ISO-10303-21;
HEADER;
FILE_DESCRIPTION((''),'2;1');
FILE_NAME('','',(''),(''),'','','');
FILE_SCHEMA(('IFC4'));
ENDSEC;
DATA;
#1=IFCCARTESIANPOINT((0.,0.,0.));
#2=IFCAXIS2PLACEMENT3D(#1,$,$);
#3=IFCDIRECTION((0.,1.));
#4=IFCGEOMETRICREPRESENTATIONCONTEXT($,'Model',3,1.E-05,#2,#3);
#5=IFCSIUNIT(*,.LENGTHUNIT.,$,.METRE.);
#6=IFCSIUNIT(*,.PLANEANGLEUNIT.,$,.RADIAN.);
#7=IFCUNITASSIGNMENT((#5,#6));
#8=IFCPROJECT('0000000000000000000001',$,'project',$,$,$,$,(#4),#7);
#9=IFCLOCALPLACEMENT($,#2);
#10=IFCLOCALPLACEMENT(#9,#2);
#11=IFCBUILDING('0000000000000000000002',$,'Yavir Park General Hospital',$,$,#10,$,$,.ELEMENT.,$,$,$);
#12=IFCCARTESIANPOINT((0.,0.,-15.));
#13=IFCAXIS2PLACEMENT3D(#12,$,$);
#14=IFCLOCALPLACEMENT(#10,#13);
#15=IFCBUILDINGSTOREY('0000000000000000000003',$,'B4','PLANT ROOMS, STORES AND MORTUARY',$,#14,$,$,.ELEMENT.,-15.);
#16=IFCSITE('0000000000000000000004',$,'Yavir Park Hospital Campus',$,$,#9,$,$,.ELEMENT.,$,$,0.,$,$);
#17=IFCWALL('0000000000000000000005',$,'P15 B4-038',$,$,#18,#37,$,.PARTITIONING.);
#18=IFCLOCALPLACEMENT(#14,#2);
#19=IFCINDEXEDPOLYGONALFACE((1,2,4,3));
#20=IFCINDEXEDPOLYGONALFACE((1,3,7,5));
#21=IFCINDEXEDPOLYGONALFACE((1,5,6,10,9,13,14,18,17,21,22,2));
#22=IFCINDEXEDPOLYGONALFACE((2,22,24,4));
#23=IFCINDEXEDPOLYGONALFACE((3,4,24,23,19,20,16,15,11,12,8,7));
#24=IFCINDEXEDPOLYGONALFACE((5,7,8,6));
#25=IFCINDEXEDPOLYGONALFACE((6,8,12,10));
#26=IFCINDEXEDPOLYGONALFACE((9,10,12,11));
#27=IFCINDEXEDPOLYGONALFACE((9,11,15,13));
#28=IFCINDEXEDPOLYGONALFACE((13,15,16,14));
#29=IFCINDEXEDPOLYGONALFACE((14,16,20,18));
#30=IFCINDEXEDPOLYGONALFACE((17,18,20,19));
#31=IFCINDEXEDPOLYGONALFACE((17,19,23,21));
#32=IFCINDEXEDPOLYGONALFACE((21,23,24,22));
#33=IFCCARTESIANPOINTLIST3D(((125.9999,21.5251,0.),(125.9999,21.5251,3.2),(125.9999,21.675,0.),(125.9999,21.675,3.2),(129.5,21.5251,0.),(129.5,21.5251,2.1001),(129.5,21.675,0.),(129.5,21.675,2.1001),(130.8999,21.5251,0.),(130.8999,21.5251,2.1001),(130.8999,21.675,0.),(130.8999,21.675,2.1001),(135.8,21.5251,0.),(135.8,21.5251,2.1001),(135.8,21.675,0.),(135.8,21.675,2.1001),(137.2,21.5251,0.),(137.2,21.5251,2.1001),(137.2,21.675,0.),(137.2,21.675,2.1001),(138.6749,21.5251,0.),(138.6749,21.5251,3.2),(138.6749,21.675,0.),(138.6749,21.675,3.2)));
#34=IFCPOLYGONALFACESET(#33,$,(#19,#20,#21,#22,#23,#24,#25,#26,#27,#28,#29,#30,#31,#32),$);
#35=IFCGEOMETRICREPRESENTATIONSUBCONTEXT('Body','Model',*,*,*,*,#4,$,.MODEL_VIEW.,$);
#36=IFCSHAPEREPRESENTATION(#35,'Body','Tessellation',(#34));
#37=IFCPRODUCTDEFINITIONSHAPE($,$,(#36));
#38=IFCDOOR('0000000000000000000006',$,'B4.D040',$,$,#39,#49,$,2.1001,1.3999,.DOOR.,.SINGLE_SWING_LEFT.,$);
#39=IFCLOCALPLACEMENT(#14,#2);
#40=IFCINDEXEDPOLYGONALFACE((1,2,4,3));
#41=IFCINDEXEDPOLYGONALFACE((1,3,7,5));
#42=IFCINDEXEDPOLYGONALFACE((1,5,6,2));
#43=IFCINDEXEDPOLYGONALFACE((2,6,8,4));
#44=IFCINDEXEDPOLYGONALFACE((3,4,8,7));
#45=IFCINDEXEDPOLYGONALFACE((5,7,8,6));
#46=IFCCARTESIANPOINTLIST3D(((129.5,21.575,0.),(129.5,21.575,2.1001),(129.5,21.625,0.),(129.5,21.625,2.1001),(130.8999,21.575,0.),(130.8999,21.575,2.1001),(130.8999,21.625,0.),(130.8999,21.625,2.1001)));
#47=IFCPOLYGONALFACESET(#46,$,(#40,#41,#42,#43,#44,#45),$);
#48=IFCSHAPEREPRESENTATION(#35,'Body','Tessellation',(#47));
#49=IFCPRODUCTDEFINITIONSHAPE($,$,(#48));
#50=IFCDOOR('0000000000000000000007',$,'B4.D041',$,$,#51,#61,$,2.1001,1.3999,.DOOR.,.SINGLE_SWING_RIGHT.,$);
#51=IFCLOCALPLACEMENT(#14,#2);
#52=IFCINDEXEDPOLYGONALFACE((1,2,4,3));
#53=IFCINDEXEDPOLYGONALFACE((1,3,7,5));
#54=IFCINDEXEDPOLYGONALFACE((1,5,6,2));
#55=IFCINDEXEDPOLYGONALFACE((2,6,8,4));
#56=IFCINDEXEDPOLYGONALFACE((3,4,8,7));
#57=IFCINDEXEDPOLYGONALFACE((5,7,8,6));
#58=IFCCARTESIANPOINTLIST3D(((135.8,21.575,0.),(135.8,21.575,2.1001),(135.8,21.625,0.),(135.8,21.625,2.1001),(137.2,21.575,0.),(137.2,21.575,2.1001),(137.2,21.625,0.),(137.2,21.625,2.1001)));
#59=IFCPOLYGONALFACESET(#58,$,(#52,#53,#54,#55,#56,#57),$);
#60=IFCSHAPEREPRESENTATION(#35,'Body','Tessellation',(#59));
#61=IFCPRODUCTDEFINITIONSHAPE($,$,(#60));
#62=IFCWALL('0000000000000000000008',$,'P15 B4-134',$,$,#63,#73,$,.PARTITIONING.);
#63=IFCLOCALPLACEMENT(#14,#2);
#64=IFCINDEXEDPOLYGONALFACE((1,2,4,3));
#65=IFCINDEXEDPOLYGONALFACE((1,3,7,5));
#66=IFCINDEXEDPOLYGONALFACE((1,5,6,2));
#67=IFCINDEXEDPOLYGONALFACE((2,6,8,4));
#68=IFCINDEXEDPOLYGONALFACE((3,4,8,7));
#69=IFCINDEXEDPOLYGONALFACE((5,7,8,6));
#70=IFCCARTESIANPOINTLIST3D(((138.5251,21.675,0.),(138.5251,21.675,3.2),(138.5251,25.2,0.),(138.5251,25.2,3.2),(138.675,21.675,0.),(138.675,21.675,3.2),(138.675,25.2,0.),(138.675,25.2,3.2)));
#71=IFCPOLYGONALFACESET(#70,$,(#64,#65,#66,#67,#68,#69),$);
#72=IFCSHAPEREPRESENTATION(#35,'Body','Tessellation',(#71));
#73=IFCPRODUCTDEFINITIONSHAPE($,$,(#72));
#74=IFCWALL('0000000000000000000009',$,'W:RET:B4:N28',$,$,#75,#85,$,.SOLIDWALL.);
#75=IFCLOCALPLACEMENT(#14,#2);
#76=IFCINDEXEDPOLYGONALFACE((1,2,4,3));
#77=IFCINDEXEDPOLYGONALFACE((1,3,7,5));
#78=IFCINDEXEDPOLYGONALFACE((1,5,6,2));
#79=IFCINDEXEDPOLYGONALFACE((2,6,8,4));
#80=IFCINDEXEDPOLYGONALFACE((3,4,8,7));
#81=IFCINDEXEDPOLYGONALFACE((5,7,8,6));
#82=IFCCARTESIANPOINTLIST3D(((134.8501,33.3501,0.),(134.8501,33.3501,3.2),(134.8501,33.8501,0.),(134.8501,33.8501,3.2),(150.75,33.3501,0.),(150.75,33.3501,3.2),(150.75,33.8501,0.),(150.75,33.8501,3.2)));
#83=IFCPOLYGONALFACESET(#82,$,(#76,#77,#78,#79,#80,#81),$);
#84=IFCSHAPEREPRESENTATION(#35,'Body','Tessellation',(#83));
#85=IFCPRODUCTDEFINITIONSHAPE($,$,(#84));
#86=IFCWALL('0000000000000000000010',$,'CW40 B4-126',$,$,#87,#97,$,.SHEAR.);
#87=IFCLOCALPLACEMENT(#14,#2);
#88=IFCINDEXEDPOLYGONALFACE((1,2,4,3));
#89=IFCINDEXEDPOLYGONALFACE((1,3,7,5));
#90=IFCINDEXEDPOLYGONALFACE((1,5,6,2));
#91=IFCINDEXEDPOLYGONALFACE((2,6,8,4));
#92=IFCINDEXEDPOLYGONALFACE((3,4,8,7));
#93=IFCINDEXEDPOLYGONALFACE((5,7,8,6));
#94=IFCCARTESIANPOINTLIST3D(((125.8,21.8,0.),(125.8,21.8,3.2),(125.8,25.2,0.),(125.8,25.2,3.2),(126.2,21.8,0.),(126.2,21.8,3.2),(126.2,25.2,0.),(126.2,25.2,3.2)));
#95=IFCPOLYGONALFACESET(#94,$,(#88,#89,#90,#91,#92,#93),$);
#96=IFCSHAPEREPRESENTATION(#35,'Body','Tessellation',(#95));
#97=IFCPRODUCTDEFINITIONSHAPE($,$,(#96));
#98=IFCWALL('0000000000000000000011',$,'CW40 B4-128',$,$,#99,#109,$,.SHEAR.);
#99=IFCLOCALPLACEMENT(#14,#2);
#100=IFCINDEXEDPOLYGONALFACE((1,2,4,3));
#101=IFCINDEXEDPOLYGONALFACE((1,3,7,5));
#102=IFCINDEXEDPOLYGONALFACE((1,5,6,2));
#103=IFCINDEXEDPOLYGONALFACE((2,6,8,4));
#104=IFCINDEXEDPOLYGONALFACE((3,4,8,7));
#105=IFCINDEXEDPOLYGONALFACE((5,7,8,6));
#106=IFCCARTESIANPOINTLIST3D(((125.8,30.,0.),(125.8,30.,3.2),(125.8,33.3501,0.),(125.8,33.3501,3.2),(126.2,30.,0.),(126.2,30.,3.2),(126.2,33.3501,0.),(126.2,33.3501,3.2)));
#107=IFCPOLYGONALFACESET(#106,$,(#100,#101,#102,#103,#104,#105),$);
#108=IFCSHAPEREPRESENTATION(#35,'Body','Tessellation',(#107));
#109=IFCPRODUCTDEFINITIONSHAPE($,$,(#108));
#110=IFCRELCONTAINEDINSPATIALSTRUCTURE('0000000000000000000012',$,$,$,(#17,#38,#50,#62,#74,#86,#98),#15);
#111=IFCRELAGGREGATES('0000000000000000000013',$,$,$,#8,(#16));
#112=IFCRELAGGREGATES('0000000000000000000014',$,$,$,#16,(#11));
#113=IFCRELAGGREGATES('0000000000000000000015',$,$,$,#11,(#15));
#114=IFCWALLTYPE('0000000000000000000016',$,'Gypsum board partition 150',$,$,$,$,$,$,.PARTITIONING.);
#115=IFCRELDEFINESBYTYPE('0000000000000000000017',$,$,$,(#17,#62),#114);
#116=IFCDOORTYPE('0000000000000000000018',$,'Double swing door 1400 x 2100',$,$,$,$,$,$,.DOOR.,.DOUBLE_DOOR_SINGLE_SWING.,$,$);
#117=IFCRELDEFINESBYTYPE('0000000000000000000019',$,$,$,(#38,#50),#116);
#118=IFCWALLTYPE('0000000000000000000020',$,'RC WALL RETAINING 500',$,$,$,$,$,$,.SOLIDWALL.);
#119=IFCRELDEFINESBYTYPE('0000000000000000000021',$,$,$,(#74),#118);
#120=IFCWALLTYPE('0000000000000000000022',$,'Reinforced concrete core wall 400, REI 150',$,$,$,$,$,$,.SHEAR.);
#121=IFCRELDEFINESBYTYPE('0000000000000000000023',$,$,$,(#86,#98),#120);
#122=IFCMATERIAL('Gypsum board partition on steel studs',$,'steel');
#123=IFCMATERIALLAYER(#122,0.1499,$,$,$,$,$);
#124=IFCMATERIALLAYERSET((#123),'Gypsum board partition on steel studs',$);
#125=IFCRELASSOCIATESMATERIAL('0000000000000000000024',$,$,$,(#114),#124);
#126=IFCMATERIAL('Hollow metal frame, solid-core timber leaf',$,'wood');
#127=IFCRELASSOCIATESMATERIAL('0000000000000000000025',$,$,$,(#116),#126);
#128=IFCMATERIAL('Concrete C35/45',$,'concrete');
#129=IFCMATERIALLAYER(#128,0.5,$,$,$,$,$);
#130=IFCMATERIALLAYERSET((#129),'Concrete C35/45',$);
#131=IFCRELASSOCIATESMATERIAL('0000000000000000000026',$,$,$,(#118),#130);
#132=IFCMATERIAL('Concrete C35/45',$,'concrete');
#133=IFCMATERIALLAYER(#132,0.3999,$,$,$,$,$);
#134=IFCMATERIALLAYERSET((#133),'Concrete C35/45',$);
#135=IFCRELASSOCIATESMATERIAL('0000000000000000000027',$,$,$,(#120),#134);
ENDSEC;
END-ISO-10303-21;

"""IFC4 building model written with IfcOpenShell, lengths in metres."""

from ifc_helpers import new_model, si_unit, direction, frame, frame_2d, origin, place, context, subcontext, project, spatial, rectangle, extrude, material, layer, layer_set, type_object, element, fill, save


model = new_model("IFC4")

# Units and contexts
model_context = context("Model", 3, precision=1e-05, world=origin(), true_north=direction((0.0, 1.0)))
body_context = subcontext(model_context, "Body", "Model", "MODEL_VIEW")
ifc_project = project(units=[si_unit("LENGTHUNIT", "METRE"), si_unit("PLANEANGLEUNIT", "RADIAN")], contexts=[model_context])

# Site, building, storey
site_placement = place(None, origin())
site = spatial("IfcSite", under=ifc_project, at=site_placement, Name="Yavir Park Hospital Campus", CompositionType="ELEMENT", RefElevation=0.0)
building_placement = place(site_placement, origin())
building = spatial("IfcBuilding", under=site, at=building_placement, Name="Yavir Park General Hospital", CompositionType="ELEMENT")
storey_placement = place(building_placement, frame((0.0, 0.0, -15.0)))
storey = spatial("IfcBuildingStorey", under=building, at=storey_placement, Name="B4", Description="PLANT ROOMS, STORES AND MORTUARY", CompositionType="ELEMENT", Elevation=-15.0)

# Wall, openings, doors
ifc_material_1 = material(Name="Gypsum board partition on steel studs", Category="steel")
ifc_layer_1 = layer(ifc_material_1, 0.1499)
ifc_layer_set_1 = layer_set([ifc_layer_1], Name="Gypsum board partition on steel studs")
wall_type_1 = type_object("IfcWallType", Name="Gypsum board partition 150", PredefinedType="PARTITIONING", material=ifc_layer_set_1)
wall_1_placement = place(storey_placement, frame((126.0, 21.6001, 0.0), z_axis=(0.0, 0.0, 1.0), x_axis=(1.0, 0.0, 0.0)))
wall_1 = element("IfcWall", 1, at=wall_1_placement, inside=storey, type_object=wall_type_1, Name="P15 B4-038", PredefinedType="PARTITIONING", context=body_context, shape_type="SweptSolid", body=[
    extrude(rectangle(XDim=12.675, YDim=0.1499, at=frame_2d((6.3374, 0.0))), origin(), (0.0, 0.0, 1.0), 3.2),
])
opening_1_placement = place(wall_1_placement, frame((3.5, 0.0, 0.0)))
opening_1 = element("IfcOpeningElement", 2, at=opening_1_placement, cuts=wall_1, PredefinedType="OPENING", context=body_context, shape_type="SweptSolid", body=[
    extrude(rectangle(XDim=1.3999, YDim=2.1001, at=frame_2d((0.7, 1.05))), frame((0.0, 0.085, 0.0), z_axis=(0.0, -1.0, 0.0), x_axis=(1.0, 0.0, 0.0)), (0.0, 0.0, 1.0), 0.1699),
])
opening_2_placement = place(wall_1_placement, frame((9.8, 0.0, 0.0)))
opening_2 = element("IfcOpeningElement", 3, at=opening_2_placement, cuts=wall_1, PredefinedType="OPENING", context=body_context, shape_type="SweptSolid", body=[
    extrude(rectangle(XDim=1.3999, YDim=2.1001, at=frame_2d((0.7, 1.05))), frame((0.0, 0.085, 0.0), z_axis=(0.0, -1.0, 0.0), x_axis=(1.0, 0.0, 0.0)), (0.0, 0.0, 1.0), 0.1699),
])
ifc_material_2 = material(Name="Hollow metal frame, solid-core timber leaf", Category="wood")
door_type_1 = type_object("IfcDoorType", Name="Double swing door 1400 x 2100", OperationType="DOUBLE_DOOR_SINGLE_SWING", PredefinedType="DOOR", material=ifc_material_2)
door_1_placement = place(opening_1_placement, origin())
door_1 = element("IfcDoor", 4, at=door_1_placement, inside=storey, type_object=door_type_1, Name="B4.D040", OperationType="SINGLE_SWING_LEFT", OverallHeight=2.1001, OverallWidth=1.3999, PredefinedType="DOOR", context=body_context, shape_type="SweptSolid", body=[
    extrude(rectangle(XDim=1.3999, YDim=2.1001, at=frame_2d((0.7, 1.05))), frame((0.0, 0.0249, 0.0), z_axis=(0.0, -1.0, 0.0), x_axis=(1.0, 0.0, 0.0)), (0.0, 0.0, 1.0), 0.05),
])
fill(opening_1, door_1)
door_2_placement = place(opening_2_placement, origin())
door_2 = element("IfcDoor", 5, at=door_2_placement, inside=storey, type_object=door_type_1, Name="B4.D041", OperationType="SINGLE_SWING_RIGHT", OverallHeight=2.1001, OverallWidth=1.3999, PredefinedType="DOOR", context=body_context, shape_type="SweptSolid", body=[
    extrude(rectangle(XDim=1.3999, YDim=2.1001, at=frame_2d((0.7, 1.05))), frame((0.0, 0.0249, 0.0), z_axis=(0.0, -1.0, 0.0), x_axis=(1.0, 0.0, 0.0)), (0.0, 0.0, 1.0), 0.05),
])
fill(opening_2, door_2)

# Walls
wall_2_placement = place(storey_placement, frame((138.6001, 21.675, 0.0), z_axis=(0.0, 0.0, 1.0), x_axis=(0.0, 1.0, 0.0)))
element("IfcWall", 6, at=wall_2_placement, inside=storey, type_object=wall_type_1, Name="P15 B4-134", PredefinedType="PARTITIONING", context=body_context, shape_type="SweptSolid", body=[
    extrude(rectangle(XDim=3.5249, YDim=0.1499, at=frame_2d((1.7625, 0.0))), origin(), (0.0, 0.0, 1.0), 3.2),
])
ifc_material_3 = material(Name="Concrete C35/45", Category="concrete")
ifc_layer_2 = layer(ifc_material_3, 0.5)
ifc_layer_set_2 = layer_set([ifc_layer_2], Name="Concrete C35/45")
wall_type_2 = type_object("IfcWallType", Name="RC WALL RETAINING 500", PredefinedType="SOLIDWALL", material=ifc_layer_set_2)
wall_3_placement = place(storey_placement, frame((134.8501, 33.6001, 0.0), z_axis=(0.0, 0.0, 1.0), x_axis=(1.0, 0.0, 0.0)))
element("IfcWall", 7, at=wall_3_placement, inside=storey, type_object=wall_type_2, Name="W:RET:B4:N28", PredefinedType="SOLIDWALL", context=body_context, shape_type="SweptSolid", body=[
    extrude(rectangle(XDim=15.8999, YDim=0.5, at=frame_2d((7.95, 0.0))), origin(), (0.0, 0.0, 1.0), 3.2),
])
ifc_material_4 = material(Name="Concrete C35/45", Category="concrete")
ifc_layer_3 = layer(ifc_material_4, 0.3999)
ifc_layer_set_3 = layer_set([ifc_layer_3], Name="Concrete C35/45")
wall_type_3 = type_object("IfcWallType", Name="Reinforced concrete core wall 400, REI 150", PredefinedType="SHEAR", material=ifc_layer_set_3)
wall_4_placement = place(storey_placement, frame((126.0, 21.8, 0.0), z_axis=(0.0, 0.0, 1.0), x_axis=(0.0, 1.0, 0.0)))
element("IfcWall", 8, at=wall_4_placement, inside=storey, type_object=wall_type_3, Name="CW40 B4-126", PredefinedType="SHEAR", context=body_context, shape_type="SweptSolid", body=[
    extrude(rectangle(XDim=3.3999, YDim=0.3999, at=frame_2d((1.7, 0.0))), origin(), (0.0, 0.0, 1.0), 3.2),
])
wall_5_placement = place(storey_placement, frame((126.0, 30.0, 0.0), z_axis=(0.0, 0.0, 1.0), x_axis=(0.0, 1.0, 0.0)))
element("IfcWall", 9, at=wall_5_placement, inside=storey, type_object=wall_type_3, Name="CW40 B4-128", PredefinedType="SHEAR", context=body_context, shape_type="SweptSolid", body=[
    extrude(rectangle(XDim=3.3501, YDim=0.3999, at=frame_2d((1.675, 0.0))), origin(), (0.0, 0.0, 1.0), 3.2),
])

save(model, "model.ifc")
